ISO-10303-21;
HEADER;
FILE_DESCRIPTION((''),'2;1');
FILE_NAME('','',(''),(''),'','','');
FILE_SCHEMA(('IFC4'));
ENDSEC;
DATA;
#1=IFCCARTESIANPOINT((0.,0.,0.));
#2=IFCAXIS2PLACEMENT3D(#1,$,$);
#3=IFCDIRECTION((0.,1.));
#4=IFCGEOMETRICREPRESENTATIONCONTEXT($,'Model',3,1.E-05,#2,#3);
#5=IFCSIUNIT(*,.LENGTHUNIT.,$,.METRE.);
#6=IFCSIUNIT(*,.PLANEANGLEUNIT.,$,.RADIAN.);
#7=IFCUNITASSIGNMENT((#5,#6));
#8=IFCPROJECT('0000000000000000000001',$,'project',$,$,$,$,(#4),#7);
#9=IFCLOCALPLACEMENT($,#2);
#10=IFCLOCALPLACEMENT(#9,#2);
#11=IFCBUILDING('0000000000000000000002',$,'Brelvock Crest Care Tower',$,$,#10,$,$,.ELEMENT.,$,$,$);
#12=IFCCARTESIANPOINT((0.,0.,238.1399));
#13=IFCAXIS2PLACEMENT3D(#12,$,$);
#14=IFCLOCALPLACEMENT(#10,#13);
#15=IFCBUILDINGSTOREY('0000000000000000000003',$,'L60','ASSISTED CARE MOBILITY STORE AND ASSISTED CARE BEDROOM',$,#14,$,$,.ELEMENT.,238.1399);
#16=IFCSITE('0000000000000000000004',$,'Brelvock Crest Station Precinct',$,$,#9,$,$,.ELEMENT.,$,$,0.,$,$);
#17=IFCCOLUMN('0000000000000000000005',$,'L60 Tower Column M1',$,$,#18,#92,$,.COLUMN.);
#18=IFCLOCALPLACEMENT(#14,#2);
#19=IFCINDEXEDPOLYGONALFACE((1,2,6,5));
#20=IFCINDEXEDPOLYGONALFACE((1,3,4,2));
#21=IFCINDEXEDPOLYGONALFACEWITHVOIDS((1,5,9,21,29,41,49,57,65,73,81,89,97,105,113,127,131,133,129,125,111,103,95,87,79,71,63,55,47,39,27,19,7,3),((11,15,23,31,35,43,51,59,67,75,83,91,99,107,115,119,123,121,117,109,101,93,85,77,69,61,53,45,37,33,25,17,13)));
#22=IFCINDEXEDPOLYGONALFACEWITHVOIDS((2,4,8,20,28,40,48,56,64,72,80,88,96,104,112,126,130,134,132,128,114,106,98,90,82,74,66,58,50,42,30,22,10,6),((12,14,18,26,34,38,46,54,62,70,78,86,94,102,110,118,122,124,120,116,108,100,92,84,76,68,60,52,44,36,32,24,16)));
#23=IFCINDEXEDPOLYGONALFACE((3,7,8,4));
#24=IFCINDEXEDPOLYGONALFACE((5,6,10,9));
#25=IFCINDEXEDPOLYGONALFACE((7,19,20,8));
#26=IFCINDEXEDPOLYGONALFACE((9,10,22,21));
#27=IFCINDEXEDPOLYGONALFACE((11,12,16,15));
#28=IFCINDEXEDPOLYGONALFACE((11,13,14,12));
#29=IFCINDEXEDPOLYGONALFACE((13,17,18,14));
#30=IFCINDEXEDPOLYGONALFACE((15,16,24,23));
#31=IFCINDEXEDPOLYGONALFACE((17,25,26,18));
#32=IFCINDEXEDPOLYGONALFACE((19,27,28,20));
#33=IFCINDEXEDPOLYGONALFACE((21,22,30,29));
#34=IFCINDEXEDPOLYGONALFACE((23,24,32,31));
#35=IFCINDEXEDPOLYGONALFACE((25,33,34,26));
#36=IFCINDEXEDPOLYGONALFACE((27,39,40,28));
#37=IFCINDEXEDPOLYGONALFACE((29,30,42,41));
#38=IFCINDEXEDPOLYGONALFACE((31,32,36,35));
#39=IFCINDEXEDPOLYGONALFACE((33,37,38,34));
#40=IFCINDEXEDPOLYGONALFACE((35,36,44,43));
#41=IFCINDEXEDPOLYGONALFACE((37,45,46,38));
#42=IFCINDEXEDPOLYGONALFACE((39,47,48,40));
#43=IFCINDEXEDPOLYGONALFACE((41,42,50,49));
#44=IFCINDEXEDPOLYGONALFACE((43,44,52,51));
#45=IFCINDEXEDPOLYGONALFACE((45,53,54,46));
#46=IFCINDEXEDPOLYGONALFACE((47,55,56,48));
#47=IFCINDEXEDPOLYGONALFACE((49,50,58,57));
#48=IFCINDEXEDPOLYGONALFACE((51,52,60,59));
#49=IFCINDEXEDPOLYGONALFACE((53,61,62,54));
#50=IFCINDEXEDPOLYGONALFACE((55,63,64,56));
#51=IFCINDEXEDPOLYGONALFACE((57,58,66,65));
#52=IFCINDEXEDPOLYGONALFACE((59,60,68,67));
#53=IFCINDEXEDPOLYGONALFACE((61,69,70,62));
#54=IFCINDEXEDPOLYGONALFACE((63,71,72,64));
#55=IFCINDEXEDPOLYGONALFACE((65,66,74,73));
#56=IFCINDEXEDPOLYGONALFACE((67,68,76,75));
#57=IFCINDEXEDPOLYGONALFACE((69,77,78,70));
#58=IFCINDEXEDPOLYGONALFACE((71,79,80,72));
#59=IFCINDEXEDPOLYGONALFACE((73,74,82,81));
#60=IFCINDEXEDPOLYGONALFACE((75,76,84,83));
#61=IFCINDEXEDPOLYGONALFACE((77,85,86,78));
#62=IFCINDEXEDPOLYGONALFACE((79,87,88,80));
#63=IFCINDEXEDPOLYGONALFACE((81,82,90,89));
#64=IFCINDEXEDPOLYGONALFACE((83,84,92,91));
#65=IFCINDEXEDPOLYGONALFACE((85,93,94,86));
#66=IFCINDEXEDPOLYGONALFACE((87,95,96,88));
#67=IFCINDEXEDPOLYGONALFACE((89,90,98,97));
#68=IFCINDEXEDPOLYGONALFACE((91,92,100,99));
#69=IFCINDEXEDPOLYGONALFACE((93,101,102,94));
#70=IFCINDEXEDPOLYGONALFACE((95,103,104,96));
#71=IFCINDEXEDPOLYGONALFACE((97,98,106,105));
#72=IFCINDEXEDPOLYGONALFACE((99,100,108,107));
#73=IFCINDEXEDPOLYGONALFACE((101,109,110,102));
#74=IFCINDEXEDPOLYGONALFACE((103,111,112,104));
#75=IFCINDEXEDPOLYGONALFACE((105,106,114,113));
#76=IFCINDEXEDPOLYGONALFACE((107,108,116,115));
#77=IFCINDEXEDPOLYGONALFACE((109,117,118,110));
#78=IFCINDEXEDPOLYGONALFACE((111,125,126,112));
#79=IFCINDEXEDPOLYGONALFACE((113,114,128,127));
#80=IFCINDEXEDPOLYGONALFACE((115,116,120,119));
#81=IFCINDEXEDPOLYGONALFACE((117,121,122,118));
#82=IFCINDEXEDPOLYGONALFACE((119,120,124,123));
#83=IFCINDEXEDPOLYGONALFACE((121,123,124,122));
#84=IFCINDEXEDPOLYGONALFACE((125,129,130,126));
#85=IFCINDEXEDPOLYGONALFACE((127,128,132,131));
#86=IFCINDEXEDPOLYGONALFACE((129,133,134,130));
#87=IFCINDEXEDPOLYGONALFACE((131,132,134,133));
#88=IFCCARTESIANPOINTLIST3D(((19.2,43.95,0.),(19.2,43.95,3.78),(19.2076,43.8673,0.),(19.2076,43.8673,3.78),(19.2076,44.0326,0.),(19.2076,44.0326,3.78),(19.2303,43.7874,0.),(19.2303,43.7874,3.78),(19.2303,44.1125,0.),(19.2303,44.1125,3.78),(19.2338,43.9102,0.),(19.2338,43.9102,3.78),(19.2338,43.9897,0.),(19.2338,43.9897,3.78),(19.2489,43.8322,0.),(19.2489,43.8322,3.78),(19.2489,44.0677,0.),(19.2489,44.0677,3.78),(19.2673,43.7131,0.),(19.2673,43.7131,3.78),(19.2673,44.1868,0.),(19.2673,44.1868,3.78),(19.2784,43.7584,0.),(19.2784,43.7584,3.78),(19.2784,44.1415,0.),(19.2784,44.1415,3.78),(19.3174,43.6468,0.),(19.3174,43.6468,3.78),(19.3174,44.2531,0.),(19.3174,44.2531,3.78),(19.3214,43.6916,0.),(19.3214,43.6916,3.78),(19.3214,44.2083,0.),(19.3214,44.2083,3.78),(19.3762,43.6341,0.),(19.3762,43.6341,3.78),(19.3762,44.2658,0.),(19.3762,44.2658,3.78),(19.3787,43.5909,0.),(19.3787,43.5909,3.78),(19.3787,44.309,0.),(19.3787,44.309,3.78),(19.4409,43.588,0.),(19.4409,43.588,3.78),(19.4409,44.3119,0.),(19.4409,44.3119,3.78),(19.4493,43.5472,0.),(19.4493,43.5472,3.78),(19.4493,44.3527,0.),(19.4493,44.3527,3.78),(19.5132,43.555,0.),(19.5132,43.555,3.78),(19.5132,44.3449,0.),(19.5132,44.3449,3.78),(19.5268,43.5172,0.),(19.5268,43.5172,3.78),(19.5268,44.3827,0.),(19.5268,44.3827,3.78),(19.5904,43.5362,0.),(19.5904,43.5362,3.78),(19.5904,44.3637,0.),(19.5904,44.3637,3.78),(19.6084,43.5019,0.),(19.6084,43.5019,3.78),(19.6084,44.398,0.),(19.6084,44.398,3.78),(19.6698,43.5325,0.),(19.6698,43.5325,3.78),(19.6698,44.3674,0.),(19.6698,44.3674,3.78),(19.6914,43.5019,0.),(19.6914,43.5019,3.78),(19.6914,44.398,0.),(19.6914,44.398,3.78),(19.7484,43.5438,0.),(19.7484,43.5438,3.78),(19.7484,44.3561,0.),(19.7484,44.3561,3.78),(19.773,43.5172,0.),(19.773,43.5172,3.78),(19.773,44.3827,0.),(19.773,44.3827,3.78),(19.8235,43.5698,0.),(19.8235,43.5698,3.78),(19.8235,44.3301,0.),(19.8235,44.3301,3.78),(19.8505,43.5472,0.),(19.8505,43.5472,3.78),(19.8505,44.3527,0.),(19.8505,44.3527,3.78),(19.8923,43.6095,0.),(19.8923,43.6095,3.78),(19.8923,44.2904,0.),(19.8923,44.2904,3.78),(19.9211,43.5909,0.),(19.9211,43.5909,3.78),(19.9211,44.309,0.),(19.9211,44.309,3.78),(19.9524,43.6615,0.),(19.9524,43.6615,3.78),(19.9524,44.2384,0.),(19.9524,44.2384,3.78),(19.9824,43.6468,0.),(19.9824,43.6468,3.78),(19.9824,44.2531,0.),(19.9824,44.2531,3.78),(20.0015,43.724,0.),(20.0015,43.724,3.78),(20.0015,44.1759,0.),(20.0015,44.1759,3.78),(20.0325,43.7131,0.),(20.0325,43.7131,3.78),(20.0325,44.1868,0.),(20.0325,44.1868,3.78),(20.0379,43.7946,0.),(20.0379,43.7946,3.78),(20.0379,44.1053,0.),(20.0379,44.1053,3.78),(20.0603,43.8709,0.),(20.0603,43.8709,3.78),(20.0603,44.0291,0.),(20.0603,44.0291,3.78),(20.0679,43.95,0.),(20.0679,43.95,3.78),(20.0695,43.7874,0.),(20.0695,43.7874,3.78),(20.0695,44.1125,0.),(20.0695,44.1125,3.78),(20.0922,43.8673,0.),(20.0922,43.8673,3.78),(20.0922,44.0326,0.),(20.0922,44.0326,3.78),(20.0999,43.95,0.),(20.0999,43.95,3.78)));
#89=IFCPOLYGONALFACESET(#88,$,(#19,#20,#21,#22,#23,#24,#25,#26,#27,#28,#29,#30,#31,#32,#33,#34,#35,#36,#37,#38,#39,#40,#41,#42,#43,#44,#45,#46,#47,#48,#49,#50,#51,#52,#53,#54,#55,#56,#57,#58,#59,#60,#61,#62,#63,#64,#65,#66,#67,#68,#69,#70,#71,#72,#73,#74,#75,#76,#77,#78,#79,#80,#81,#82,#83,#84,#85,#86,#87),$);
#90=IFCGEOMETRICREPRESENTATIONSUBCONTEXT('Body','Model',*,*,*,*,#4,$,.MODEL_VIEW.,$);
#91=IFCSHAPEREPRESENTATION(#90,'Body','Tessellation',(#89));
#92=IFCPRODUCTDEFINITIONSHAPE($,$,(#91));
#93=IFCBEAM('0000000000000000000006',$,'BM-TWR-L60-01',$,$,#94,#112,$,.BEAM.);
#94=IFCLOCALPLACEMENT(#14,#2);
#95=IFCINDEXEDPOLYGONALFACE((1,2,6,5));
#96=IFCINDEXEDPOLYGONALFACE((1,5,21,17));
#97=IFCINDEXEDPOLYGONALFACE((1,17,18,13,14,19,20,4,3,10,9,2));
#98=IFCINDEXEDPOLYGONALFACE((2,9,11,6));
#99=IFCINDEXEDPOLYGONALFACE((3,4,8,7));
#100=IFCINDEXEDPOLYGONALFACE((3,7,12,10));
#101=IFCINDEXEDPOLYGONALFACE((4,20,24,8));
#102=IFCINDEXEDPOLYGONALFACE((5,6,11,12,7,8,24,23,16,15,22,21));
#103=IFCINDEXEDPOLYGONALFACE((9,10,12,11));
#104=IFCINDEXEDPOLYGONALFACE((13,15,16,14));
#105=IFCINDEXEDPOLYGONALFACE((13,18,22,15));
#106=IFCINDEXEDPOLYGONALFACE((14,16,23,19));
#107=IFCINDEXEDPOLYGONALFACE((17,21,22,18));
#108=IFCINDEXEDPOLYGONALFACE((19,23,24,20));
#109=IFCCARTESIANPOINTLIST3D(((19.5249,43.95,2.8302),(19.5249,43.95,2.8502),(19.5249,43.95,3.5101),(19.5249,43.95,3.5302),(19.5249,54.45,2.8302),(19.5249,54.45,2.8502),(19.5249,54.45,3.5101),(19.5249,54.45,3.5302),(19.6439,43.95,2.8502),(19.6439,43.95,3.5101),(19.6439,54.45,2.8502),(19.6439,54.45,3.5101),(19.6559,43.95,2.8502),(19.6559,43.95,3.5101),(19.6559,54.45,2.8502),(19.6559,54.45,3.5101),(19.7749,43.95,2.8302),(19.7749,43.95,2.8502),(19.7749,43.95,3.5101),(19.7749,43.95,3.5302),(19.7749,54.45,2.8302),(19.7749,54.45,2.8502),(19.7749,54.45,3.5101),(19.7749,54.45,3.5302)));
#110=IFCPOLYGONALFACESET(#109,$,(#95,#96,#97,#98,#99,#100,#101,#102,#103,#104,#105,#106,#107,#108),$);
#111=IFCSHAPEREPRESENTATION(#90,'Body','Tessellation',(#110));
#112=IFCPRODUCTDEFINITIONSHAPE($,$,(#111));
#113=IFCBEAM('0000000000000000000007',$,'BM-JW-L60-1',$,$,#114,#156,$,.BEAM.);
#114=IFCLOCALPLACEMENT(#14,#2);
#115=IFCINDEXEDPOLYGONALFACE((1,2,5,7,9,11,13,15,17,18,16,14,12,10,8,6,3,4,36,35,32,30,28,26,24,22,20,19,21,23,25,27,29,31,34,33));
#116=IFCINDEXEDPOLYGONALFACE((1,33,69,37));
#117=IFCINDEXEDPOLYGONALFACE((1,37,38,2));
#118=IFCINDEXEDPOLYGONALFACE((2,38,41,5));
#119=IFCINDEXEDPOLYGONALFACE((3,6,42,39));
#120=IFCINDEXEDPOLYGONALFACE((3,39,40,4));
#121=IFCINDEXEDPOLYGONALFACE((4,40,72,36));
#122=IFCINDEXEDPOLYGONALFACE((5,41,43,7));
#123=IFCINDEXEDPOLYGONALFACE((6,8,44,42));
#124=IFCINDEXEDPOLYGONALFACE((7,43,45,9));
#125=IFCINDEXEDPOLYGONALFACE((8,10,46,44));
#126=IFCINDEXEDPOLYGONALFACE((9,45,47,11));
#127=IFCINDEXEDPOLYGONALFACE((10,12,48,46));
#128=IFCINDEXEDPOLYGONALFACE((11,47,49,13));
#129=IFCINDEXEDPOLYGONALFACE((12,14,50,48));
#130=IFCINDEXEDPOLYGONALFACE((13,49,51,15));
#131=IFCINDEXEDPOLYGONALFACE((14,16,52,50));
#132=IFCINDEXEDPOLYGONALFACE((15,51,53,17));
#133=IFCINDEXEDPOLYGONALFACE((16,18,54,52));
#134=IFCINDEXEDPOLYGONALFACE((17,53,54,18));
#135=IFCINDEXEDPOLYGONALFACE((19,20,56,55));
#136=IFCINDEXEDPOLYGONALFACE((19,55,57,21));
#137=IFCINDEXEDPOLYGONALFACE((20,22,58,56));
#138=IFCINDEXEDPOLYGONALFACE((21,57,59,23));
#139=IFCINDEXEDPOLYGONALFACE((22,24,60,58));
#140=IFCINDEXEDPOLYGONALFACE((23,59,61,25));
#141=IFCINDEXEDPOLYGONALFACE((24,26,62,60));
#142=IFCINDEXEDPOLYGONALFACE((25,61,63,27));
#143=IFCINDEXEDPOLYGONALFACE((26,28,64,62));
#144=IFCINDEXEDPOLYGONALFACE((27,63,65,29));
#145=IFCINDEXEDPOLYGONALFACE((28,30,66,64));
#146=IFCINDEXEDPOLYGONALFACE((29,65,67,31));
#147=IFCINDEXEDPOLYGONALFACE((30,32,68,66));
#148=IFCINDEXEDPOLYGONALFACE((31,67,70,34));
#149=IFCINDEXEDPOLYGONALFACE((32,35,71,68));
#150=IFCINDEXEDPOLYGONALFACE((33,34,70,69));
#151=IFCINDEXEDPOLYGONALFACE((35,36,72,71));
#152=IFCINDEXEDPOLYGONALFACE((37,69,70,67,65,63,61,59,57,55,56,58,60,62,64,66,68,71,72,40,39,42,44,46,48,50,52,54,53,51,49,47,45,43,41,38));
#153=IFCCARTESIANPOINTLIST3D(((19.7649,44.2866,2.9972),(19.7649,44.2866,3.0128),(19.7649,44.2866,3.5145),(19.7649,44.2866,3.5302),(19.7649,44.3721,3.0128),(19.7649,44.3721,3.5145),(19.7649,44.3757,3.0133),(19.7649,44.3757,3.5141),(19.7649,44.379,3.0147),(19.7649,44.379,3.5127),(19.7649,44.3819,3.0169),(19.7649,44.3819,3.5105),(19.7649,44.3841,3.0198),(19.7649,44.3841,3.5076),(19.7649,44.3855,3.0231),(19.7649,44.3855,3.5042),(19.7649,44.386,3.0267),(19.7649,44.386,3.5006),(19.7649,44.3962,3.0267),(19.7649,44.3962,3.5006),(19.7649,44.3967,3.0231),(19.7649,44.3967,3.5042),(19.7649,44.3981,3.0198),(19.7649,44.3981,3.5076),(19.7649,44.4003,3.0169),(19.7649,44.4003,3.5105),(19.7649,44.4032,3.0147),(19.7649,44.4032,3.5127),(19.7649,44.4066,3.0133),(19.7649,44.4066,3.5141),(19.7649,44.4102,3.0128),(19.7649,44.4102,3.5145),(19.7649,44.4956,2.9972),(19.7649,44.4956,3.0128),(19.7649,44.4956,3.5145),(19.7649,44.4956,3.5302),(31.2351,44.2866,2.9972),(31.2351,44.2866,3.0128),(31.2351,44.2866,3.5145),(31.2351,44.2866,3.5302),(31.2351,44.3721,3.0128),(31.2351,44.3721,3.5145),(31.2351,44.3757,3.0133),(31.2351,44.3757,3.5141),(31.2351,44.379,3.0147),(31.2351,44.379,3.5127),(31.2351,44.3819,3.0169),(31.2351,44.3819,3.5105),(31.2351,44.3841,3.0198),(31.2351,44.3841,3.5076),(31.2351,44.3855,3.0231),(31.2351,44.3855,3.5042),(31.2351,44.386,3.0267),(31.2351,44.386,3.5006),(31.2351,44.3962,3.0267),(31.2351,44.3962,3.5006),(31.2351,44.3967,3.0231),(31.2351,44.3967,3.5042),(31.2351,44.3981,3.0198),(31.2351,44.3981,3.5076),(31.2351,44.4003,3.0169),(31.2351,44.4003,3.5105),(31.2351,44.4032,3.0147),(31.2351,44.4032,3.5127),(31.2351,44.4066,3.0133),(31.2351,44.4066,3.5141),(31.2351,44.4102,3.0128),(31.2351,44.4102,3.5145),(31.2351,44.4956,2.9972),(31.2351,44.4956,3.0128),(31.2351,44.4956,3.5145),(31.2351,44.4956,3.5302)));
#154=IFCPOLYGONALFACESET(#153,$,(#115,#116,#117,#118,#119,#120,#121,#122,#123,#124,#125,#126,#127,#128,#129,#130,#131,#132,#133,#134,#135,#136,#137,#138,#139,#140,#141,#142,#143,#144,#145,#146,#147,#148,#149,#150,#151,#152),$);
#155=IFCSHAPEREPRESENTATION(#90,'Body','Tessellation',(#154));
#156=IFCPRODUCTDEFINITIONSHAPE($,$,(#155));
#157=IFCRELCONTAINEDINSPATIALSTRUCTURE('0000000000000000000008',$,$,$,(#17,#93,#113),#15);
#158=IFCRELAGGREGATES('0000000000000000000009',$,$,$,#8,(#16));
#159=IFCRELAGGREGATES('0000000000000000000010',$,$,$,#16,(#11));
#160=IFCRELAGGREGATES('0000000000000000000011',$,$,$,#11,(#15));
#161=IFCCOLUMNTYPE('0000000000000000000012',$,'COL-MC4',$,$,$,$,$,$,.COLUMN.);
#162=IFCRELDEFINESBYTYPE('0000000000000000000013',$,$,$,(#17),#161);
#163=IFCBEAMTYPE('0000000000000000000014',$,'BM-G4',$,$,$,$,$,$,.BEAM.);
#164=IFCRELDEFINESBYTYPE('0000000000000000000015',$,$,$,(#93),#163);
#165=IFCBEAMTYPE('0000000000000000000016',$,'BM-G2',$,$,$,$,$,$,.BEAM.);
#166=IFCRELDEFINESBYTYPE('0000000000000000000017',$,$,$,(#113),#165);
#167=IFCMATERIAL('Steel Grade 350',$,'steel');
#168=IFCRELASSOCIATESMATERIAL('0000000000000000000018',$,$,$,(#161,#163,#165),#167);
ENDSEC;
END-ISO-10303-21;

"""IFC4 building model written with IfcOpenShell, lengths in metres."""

from ifc_helpers import new_model, si_unit, direction, frame, origin, origin_2d, place, context, subcontext, project, spatial, hollow_circle, i_section, extrude, source, transform, mapped, material, material_profile, profile_set, type_object, element, save


model = new_model("IFC4")

# Units and contexts
model_context = context("Model", 3, precision=1e-05, world=origin(), true_north=direction((0.0, 1.0)))
body_context = subcontext(model_context, "Body", "Model", "MODEL_VIEW")
ifc_project = project(units=[si_unit("LENGTHUNIT", "METRE"), si_unit("PLANEANGLEUNIT", "RADIAN")], contexts=[model_context])

# Site, building, storey
site_placement = place(None, origin())
site = spatial("IfcSite", under=ifc_project, at=site_placement, Name="Brelvock Crest Station Precinct", CompositionType="ELEMENT", RefElevation=0.0)
building_placement = place(site_placement, origin())
building = spatial("IfcBuilding", under=site, at=building_placement, Name="Brelvock Crest Care Tower", CompositionType="ELEMENT")
storey_placement = place(building_placement, frame((0.0, 0.0, 238.1399)))
storey = spatial("IfcBuildingStorey", under=building, at=storey_placement, Name="L60", Description="ASSISTED CARE MOBILITY STORE AND ASSISTED CARE BEDROOM", CompositionType="ELEMENT", Elevation=238.1399)

# Column
ifc_material_1 = material(Name="Steel Grade 350", Category="steel")
ifc_material_profile_1 = material_profile(ifc_material_1, hollow_circle(Radius=0.45, WallThickness=0.032, at=origin_2d()), Name="CFT900x32")
ifc_profile_set_1 = profile_set([ifc_material_profile_1], Name="Steel Grade 350")
column_type = type_object("IfcColumnType", Name="COL-MC4", PredefinedType="COLUMN", material=ifc_profile_set_1)
shared_shape_1 = source(origin(), body_context, "Body", "SweptSolid", [
    extrude(hollow_circle(Radius=0.45, WallThickness=0.032, at=origin_2d()), origin(), (0.0, 0.0, 1.0), 3.78),
])
column_placement = place(storey_placement, frame((19.6499, 43.95, 0.0), z_axis=(0.0, 0.0, 1.0), x_axis=(1.0, 0.0, 0.0)))
element("IfcColumn", 1, at=column_placement, inside=storey, type_object=column_type, Name="L60 Tower Column M1", PredefinedType="COLUMN", context=body_context, shape_type="MappedRepresentation", body=[
    mapped(shared_shape_1, transform((0.0, 0.0, 0.0), x_axis=(1.0, 0.0, 0.0), y_axis=(0.0, 1.0, 0.0), z_axis=(0.0, 0.0, 1.0), scale=1.0)),
])

# Beams
ifc_material_profile_2 = material_profile(ifc_material_1, i_section(OverallWidth=0.25, OverallDepth=0.7, WebThickness=0.012, FlangeThickness=0.02, at=origin_2d()), Name="700WB150")
ifc_profile_set_2 = profile_set([ifc_material_profile_2], Name="Steel Grade 350")
beam_type_1 = type_object("IfcBeamType", Name="BM-G4", PredefinedType="BEAM", material=ifc_profile_set_2)
shared_shape_2 = source(origin(), body_context, "Body", "SweptSolid", [
    extrude(i_section(OverallWidth=0.25, OverallDepth=0.7, WebThickness=0.012, FlangeThickness=0.02, at=origin_2d()), origin(), (0.0, 0.0, 1.0), 10.5),
])
beam_1_placement = place(storey_placement, frame((19.6499, 43.95, 3.1802), z_axis=(0.0, 1.0, 0.0), x_axis=(-1.0, 0.0, 0.0)))
element("IfcBeam", 2, at=beam_1_placement, inside=storey, type_object=beam_type_1, Name="BM-TWR-L60-01", PredefinedType="BEAM", context=body_context, shape_type="MappedRepresentation", body=[
    mapped(shared_shape_2, transform((0.0, 0.0, 0.0), x_axis=(1.0, 0.0, 0.0), y_axis=(0.0, 1.0, 0.0), z_axis=(0.0, 0.0, 1.0), scale=1.0)),
])
ifc_material_profile_3 = material_profile(ifc_material_1, i_section(OverallWidth=0.209, OverallDepth=0.533, WebThickness=0.0103, FlangeThickness=0.0156, FilletRadius=0.0139, at=origin_2d()), Name="530UB92.4")
ifc_profile_set_3 = profile_set([ifc_material_profile_3], Name="Steel Grade 350")
beam_type_2 = type_object("IfcBeamType", Name="BM-G2", PredefinedType="BEAM", material=ifc_profile_set_3)
shared_shape_3 = source(origin(), body_context, "Body", "SweptSolid", [
    extrude(i_section(OverallWidth=0.209, OverallDepth=0.533, WebThickness=0.0103, FlangeThickness=0.0156, FilletRadius=0.0139, at=origin_2d()), origin(), (0.0, 0.0, 1.0), 11.4702),
])
beam_2_placement = place(storey_placement, frame((19.7649, 44.3911, 3.2637), z_axis=(1.0, 0.0, 0.0), x_axis=(0.0, 1.0, 0.0)))
element("IfcBeam", 3, at=beam_2_placement, inside=storey, type_object=beam_type_2, Name="BM-JW-L60-1", PredefinedType="BEAM", context=body_context, shape_type="MappedRepresentation", body=[
    mapped(shared_shape_3, transform((0.0, 0.0, 0.0), x_axis=(1.0, 0.0, 0.0), y_axis=(0.0, 1.0, 0.0), z_axis=(0.0, 0.0, 1.0), scale=1.0)),
])

save(model, "model.ifc")
